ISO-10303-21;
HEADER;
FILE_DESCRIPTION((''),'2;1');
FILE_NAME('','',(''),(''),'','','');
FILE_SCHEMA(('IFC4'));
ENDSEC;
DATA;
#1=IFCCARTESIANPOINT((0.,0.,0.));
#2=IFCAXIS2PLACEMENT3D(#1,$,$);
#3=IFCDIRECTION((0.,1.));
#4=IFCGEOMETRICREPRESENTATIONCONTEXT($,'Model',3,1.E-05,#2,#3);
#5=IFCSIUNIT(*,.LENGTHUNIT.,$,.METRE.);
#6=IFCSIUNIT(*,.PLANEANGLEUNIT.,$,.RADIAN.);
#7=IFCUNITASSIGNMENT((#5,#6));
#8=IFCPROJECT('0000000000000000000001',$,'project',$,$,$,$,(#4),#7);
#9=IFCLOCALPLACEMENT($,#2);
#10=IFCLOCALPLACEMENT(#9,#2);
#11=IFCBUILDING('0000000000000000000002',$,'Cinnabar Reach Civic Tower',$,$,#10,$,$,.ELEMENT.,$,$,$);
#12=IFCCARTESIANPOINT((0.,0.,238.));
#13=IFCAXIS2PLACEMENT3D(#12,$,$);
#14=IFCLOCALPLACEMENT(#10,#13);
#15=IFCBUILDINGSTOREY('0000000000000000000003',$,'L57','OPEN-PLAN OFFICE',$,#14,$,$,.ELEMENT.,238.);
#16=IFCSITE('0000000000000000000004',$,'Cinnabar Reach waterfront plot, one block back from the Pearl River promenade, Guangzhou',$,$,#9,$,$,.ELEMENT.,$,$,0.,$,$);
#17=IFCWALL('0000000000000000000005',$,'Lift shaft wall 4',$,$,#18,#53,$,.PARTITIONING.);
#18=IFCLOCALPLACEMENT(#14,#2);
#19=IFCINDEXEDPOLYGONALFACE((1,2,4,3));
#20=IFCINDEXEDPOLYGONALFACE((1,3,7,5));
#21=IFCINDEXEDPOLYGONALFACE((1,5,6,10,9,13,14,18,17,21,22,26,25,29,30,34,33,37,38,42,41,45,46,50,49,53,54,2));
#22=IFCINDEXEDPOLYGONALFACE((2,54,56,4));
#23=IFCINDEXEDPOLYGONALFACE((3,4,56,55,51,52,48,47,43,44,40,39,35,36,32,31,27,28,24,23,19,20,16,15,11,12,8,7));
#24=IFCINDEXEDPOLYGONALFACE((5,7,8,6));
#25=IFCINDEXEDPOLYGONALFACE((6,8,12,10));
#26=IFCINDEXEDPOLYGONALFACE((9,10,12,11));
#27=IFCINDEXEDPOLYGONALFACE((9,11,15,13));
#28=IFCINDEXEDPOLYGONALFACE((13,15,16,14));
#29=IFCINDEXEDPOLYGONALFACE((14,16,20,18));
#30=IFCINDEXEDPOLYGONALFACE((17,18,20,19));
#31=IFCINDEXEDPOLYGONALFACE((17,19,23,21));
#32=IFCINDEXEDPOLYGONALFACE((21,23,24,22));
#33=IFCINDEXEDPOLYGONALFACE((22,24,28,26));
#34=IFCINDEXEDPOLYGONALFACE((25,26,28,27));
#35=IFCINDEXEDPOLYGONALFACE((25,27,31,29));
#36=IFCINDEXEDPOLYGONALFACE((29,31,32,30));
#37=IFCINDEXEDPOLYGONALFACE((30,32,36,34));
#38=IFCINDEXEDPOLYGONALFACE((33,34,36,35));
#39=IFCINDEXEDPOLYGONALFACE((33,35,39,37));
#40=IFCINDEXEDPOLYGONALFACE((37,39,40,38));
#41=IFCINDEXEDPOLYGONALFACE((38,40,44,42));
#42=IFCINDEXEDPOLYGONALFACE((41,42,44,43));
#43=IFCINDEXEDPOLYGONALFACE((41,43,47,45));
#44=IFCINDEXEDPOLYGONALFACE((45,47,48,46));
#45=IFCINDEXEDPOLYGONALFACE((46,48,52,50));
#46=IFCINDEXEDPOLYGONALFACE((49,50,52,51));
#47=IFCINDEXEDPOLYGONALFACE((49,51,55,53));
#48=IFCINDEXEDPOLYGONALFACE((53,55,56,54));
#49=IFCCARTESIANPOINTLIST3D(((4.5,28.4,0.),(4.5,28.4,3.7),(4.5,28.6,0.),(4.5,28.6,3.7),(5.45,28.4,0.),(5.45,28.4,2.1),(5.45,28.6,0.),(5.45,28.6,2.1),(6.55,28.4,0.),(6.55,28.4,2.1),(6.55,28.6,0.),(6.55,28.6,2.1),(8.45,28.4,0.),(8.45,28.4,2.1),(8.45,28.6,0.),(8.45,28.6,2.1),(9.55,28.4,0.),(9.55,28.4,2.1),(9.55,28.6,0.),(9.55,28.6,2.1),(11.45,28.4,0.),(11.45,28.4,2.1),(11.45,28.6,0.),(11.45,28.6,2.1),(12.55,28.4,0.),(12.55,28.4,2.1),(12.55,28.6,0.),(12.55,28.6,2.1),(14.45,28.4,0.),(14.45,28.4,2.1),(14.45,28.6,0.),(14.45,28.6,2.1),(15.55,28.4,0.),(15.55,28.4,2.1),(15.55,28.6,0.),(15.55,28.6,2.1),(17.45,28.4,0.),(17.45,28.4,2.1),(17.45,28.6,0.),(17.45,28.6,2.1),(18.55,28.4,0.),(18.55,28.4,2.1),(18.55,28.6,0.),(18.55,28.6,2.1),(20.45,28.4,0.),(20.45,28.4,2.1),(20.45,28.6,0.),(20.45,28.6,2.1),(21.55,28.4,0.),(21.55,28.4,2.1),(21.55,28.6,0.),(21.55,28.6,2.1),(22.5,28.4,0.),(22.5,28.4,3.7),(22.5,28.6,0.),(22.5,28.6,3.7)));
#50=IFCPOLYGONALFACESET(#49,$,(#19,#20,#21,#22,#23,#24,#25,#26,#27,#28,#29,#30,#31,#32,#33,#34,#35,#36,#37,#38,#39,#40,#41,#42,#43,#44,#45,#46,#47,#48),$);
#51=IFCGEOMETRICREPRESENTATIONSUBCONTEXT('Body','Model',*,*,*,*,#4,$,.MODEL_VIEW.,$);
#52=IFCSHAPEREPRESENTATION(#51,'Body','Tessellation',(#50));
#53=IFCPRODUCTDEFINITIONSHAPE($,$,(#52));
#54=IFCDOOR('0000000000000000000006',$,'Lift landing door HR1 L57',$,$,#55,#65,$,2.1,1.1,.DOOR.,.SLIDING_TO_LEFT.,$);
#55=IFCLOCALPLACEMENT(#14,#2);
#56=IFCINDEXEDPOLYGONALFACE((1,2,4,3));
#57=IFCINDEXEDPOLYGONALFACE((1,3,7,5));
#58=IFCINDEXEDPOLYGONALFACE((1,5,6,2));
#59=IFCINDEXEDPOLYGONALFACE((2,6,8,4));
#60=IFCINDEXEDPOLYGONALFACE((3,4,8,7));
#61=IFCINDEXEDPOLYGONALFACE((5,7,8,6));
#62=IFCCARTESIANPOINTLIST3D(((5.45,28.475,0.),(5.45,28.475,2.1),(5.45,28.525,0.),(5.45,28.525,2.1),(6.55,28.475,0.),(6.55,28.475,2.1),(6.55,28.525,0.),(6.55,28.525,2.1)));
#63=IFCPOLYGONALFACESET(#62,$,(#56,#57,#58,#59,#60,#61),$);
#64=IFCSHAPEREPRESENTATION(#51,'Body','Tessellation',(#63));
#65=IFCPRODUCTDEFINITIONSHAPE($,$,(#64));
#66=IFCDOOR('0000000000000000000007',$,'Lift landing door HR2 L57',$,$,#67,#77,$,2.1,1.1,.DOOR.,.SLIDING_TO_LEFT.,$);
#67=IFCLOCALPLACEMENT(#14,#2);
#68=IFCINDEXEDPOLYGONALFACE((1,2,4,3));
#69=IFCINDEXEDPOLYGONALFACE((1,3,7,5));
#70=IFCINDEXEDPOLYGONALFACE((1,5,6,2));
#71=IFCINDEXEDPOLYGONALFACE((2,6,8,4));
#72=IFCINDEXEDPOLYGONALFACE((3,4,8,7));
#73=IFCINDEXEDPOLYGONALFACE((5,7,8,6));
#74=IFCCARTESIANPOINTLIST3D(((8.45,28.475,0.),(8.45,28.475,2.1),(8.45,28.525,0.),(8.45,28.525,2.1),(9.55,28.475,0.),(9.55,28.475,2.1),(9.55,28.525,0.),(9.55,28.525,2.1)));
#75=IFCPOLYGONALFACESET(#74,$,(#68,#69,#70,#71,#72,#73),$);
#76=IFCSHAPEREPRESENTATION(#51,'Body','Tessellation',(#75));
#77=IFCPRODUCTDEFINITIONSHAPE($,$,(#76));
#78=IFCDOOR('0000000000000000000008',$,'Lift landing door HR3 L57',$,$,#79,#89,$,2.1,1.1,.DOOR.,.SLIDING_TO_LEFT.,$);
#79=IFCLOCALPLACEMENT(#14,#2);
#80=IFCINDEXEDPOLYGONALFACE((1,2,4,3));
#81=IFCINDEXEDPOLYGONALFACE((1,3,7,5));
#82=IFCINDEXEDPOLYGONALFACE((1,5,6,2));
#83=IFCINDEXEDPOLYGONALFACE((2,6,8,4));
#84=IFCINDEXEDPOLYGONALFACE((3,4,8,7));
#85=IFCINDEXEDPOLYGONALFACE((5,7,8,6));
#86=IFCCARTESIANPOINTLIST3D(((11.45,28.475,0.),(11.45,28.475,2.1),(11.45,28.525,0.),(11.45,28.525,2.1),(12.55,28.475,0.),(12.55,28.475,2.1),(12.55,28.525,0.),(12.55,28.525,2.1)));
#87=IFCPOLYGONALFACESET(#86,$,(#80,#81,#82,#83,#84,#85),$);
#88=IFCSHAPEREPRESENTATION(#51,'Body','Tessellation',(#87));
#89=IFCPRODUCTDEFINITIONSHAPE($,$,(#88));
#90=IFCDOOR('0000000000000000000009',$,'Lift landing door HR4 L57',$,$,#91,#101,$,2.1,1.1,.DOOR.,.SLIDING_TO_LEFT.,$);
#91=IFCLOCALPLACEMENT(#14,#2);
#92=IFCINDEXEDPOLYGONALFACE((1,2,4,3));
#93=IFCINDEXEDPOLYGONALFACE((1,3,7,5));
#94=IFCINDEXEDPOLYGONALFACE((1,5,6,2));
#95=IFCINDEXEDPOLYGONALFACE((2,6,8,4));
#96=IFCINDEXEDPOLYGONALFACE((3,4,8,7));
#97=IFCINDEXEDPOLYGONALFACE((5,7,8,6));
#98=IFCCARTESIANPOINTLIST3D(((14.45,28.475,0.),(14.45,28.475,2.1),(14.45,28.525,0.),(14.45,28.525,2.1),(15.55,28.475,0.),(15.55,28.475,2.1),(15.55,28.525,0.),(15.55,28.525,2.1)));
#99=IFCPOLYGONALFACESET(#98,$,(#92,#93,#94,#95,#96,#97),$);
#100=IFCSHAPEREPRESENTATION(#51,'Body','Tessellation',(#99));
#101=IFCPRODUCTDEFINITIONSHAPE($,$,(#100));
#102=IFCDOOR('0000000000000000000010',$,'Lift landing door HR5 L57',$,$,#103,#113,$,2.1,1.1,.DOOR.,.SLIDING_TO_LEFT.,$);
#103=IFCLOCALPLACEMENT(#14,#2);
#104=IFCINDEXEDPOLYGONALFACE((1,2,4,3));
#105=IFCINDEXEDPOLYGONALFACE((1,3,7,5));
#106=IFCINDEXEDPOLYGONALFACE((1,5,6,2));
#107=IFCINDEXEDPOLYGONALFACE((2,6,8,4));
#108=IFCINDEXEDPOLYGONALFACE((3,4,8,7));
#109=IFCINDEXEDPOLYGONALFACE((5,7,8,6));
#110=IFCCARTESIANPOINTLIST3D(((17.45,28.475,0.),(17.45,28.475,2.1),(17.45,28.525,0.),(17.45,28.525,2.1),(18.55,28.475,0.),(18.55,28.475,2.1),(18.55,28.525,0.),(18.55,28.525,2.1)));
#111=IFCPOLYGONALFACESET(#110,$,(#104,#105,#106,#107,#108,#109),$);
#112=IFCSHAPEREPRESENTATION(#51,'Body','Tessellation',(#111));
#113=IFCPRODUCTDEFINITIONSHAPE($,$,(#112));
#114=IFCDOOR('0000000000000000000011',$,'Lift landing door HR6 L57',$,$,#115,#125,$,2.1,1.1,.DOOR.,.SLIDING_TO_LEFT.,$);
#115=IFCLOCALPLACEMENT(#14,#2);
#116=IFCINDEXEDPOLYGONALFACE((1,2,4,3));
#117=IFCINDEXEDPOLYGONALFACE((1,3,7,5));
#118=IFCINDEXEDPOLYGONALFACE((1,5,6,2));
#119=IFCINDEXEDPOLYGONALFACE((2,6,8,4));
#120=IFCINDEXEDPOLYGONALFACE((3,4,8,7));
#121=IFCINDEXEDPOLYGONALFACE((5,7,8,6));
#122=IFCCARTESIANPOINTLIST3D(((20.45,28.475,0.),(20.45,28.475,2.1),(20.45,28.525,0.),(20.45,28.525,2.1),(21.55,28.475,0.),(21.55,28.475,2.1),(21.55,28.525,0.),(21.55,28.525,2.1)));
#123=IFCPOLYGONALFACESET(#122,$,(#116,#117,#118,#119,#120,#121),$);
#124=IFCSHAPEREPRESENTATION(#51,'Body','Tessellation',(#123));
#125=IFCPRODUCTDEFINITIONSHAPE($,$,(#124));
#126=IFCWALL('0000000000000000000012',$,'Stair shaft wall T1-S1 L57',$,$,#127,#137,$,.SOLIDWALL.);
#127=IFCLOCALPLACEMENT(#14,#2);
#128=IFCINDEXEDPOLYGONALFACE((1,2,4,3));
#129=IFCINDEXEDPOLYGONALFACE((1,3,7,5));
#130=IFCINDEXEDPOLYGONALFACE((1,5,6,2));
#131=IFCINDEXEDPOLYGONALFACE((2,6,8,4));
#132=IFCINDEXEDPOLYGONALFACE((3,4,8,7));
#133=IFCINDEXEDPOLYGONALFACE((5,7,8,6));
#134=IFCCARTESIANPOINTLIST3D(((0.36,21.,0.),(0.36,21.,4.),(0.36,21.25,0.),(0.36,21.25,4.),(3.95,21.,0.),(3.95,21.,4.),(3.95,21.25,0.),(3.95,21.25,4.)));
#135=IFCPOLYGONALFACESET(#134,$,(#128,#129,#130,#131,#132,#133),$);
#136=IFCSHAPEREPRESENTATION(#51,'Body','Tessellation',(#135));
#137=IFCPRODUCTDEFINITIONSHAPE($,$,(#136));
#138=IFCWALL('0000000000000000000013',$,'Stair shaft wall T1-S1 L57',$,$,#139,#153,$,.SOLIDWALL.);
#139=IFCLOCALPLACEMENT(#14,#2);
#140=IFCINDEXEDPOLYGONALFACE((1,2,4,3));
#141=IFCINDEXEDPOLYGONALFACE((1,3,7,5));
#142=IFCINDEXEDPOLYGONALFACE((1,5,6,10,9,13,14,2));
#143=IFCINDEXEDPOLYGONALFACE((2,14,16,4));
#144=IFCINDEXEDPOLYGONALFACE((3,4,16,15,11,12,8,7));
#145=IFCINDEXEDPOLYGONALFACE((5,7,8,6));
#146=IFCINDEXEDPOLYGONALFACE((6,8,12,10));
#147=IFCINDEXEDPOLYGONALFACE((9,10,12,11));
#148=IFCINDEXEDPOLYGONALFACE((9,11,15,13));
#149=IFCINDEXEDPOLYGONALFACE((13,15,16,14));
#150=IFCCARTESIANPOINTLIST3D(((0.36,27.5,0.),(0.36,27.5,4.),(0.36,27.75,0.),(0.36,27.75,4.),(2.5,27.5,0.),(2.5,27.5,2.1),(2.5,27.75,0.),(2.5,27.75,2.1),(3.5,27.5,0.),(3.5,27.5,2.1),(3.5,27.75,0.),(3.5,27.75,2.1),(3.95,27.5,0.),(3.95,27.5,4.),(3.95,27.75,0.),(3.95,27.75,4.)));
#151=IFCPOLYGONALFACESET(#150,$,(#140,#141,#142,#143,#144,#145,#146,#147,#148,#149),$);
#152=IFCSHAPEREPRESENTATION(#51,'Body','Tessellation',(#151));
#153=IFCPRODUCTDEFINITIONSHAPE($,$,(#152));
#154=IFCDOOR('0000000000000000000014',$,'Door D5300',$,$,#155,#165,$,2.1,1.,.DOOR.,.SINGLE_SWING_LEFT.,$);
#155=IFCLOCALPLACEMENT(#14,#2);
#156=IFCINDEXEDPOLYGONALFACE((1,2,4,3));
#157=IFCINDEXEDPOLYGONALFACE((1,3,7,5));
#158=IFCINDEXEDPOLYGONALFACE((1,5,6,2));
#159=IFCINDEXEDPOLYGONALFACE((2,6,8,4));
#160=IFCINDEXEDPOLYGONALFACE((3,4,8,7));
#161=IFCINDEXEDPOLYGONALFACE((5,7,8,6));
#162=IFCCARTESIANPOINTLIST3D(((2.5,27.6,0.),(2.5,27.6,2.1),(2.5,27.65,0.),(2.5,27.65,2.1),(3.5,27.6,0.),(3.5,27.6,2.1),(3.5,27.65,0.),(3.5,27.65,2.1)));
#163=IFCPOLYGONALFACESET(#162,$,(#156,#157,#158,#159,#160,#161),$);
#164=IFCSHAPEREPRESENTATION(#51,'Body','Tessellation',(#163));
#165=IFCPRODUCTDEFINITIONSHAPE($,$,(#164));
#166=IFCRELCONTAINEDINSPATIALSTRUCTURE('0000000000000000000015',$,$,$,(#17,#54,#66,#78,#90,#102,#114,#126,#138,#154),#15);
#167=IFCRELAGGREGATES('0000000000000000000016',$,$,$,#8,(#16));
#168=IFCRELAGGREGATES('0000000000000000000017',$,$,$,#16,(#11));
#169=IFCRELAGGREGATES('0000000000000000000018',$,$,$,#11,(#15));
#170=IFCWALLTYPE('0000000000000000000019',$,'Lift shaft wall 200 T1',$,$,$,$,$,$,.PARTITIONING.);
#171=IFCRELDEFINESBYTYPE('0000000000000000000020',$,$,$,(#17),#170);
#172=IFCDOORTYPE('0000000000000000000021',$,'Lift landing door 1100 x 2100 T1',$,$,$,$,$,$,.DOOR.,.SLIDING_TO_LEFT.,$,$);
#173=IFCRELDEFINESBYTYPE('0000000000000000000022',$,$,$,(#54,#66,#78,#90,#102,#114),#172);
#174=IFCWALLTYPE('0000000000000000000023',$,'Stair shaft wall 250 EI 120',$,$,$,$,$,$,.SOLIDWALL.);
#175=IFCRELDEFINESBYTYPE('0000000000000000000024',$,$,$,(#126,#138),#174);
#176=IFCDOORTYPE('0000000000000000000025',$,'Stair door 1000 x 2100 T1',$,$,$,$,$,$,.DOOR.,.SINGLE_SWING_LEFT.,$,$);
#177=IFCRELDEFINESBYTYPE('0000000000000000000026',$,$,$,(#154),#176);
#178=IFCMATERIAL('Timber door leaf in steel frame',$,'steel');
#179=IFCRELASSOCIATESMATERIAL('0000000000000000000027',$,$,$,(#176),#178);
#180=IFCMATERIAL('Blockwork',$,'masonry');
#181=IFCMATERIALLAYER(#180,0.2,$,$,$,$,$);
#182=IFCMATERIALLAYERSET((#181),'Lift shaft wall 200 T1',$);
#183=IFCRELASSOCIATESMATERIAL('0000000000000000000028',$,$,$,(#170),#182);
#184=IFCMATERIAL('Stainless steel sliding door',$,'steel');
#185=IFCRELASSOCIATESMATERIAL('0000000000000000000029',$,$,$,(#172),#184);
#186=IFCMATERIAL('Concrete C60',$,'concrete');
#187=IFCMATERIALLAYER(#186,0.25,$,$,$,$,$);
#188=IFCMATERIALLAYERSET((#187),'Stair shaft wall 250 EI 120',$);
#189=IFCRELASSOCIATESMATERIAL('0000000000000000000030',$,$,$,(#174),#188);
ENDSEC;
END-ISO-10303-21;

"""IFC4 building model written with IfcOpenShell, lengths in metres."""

from ifc_helpers import new_model, si_unit, direction, frame, frame_2d, origin, place, context, subcontext, project, spatial, rectangle, extrude, material, layer, layer_set, type_object, element, fill, save


model = new_model("IFC4")

# Units and contexts
model_context = context("Model", 3, precision=1e-05, world=origin(), true_north=direction((0.0, 1.0)))
body_context = subcontext(model_context, "Body", "Model", "MODEL_VIEW")
ifc_project = project(units=[si_unit("LENGTHUNIT", "METRE"), si_unit("PLANEANGLEUNIT", "RADIAN")], contexts=[model_context])

# Site, building, storey
site_placement = place(None, origin())
site = spatial("IfcSite", under=ifc_project, at=site_placement, Name="Cinnabar Reach waterfront plot, one block back from the Pearl River promenade, Guangzhou", CompositionType="ELEMENT", RefElevation=0.0)
building_placement = place(site_placement, origin())
building = spatial("IfcBuilding", under=site, at=building_placement, Name="Cinnabar Reach Civic Tower", CompositionType="ELEMENT")
storey_placement = place(building_placement, frame((0.0, 0.0, 238.0)))
storey = spatial("IfcBuildingStorey", under=building, at=storey_placement, Name="L57", Description="OPEN-PLAN OFFICE", CompositionType="ELEMENT", Elevation=238.0)

# Shared definitions
ifc_material_1 = material(Name="Concrete C60", Category="concrete")

# Shared definitions
ifc_material_2 = material(Name="Timber door leaf in steel frame", Category="steel")
door_type_1 = type_object("IfcDoorType", Name="Stair door 1000 x 2100 T1", OperationType="SINGLE_SWING_LEFT", PredefinedType="DOOR", material=ifc_material_2)

# Wall, openings, doors
ifc_material_3 = material(Name="Blockwork", Category="masonry")
ifc_layer_1 = layer(ifc_material_3, 0.2)
ifc_layer_set_1 = layer_set([ifc_layer_1], Name="Lift shaft wall 200 T1")
wall_type_1 = type_object("IfcWallType", Name="Lift shaft wall 200 T1", PredefinedType="PARTITIONING", material=ifc_layer_set_1)
wall_1_placement = place(storey_placement, frame((4.5, 28.5, 0.0), z_axis=(0.0, 0.0, 1.0), x_axis=(1.0, 0.0, 0.0)))
wall_1 = element("IfcWall", 1, at=wall_1_placement, inside=storey, type_object=wall_type_1, Name="Lift shaft wall 4", PredefinedType="PARTITIONING", context=body_context, shape_type="SweptSolid", body=[
    extrude(rectangle(XDim=18.0, YDim=0.2, at=frame_2d((9.0, 0.0))), origin(), (0.0, 0.0, 1.0), 3.7),
])
opening_1_placement = place(wall_1_placement, frame((0.95, 0.0, 0.0)))
opening_1 = element("IfcOpeningElement", 2, at=opening_1_placement, cuts=wall_1, PredefinedType="OPENING", context=body_context, shape_type="SweptSolid", body=[
    extrude(rectangle(XDim=1.1, YDim=2.1, at=frame_2d((0.55, 1.05))), frame((0.0, 0.11, 0.0), z_axis=(0.0, -1.0, 0.0), x_axis=(1.0, 0.0, 0.0)), (0.0, 0.0, 1.0), 0.22),
])
opening_2_placement = place(wall_1_placement, frame((3.95, 0.0, 0.0)))
opening_2 = element("IfcOpeningElement", 3, at=opening_2_placement, cuts=wall_1, PredefinedType="OPENING", context=body_context, shape_type="SweptSolid", body=[
    extrude(rectangle(XDim=1.1, YDim=2.1, at=frame_2d((0.55, 1.05))), frame((0.0, 0.11, 0.0), z_axis=(0.0, -1.0, 0.0), x_axis=(1.0, 0.0, 0.0)), (0.0, 0.0, 1.0), 0.22),
])
opening_3_placement = place(wall_1_placement, frame((6.95, 0.0, 0.0)))
opening_3 = element("IfcOpeningElement", 4, at=opening_3_placement, cuts=wall_1, PredefinedType="OPENING", context=body_context, shape_type="SweptSolid", body=[
    extrude(rectangle(XDim=1.1, YDim=2.1, at=frame_2d((0.55, 1.05))), frame((0.0, 0.11, 0.0), z_axis=(0.0, -1.0, 0.0), x_axis=(1.0, 0.0, 0.0)), (0.0, 0.0, 1.0), 0.22),
])
opening_4_placement = place(wall_1_placement, frame((9.95, 0.0, 0.0)))
opening_4 = element("IfcOpeningElement", 5, at=opening_4_placement, cuts=wall_1, PredefinedType="OPENING", context=body_context, shape_type="SweptSolid", body=[
    extrude(rectangle(XDim=1.1, YDim=2.1, at=frame_2d((0.55, 1.05))), frame((0.0, 0.11, 0.0), z_axis=(0.0, -1.0, 0.0), x_axis=(1.0, 0.0, 0.0)), (0.0, 0.0, 1.0), 0.22),
])
opening_5_placement = place(wall_1_placement, frame((12.95, 0.0, 0.0)))
opening_5 = element("IfcOpeningElement", 6, at=opening_5_placement, cuts=wall_1, PredefinedType="OPENING", context=body_context, shape_type="SweptSolid", body=[
    extrude(rectangle(XDim=1.1, YDim=2.1, at=frame_2d((0.55, 1.05))), frame((0.0, 0.11, 0.0), z_axis=(0.0, -1.0, 0.0), x_axis=(1.0, 0.0, 0.0)), (0.0, 0.0, 1.0), 0.22),
])
opening_6_placement = place(wall_1_placement, frame((15.95, 0.0, 0.0)))
opening_6 = element("IfcOpeningElement", 7, at=opening_6_placement, cuts=wall_1, PredefinedType="OPENING", context=body_context, shape_type="SweptSolid", body=[
    extrude(rectangle(XDim=1.1, YDim=2.1, at=frame_2d((0.55, 1.05))), frame((0.0, 0.11, 0.0), z_axis=(0.0, -1.0, 0.0), x_axis=(1.0, 0.0, 0.0)), (0.0, 0.0, 1.0), 0.22),
])
ifc_material_4 = material(Name="Stainless steel sliding door", Category="steel")
door_type_2 = type_object("IfcDoorType", Name="Lift landing door 1100 x 2100 T1", OperationType="SLIDING_TO_LEFT", PredefinedType="DOOR", material=ifc_material_4)
door_1_placement = place(opening_1_placement, origin())
door_1 = element("IfcDoor", 8, at=door_1_placement, inside=storey, type_object=door_type_2, Name="Lift landing door HR1 L57", OperationType="SLIDING_TO_LEFT", OverallHeight=2.1, OverallWidth=1.1, PredefinedType="DOOR", context=body_context, shape_type="SweptSolid", body=[
    extrude(rectangle(XDim=1.1, YDim=2.1, at=frame_2d((0.55, 1.05))), frame((0.0, 0.025, 0.0), z_axis=(0.0, -1.0, 0.0), x_axis=(1.0, 0.0, 0.0)), (0.0, 0.0, 1.0), 0.05),
])
fill(opening_1, door_1)
door_2_placement = place(opening_2_placement, origin())
door_2 = element("IfcDoor", 9, at=door_2_placement, inside=storey, type_object=door_type_2, Name="Lift landing door HR2 L57", OperationType="SLIDING_TO_LEFT", OverallHeight=2.1, OverallWidth=1.1, PredefinedType="DOOR", context=body_context, shape_type="SweptSolid", body=[
    extrude(rectangle(XDim=1.1, YDim=2.1, at=frame_2d((0.55, 1.05))), frame((0.0, 0.025, 0.0), z_axis=(0.0, -1.0, 0.0), x_axis=(1.0, 0.0, 0.0)), (0.0, 0.0, 1.0), 0.05),
])
fill(opening_2, door_2)
door_3_placement = place(opening_3_placement, origin())
door_3 = element("IfcDoor", 10, at=door_3_placement, inside=storey, type_object=door_type_2, Name="Lift landing door HR3 L57", OperationType="SLIDING_TO_LEFT", OverallHeight=2.1, OverallWidth=1.1, PredefinedType="DOOR", context=body_context, shape_type="SweptSolid", body=[
    extrude(rectangle(XDim=1.1, YDim=2.1, at=frame_2d((0.55, 1.05))), frame((0.0, 0.025, 0.0), z_axis=(0.0, -1.0, 0.0), x_axis=(1.0, 0.0, 0.0)), (0.0, 0.0, 1.0), 0.05),
])
fill(opening_3, door_3)
door_4_placement = place(opening_4_placement, origin())
door_4 = element("IfcDoor", 11, at=door_4_placement, inside=storey, type_object=door_type_2, Name="Lift landing door HR4 L57", OperationType="SLIDING_TO_LEFT", OverallHeight=2.1, OverallWidth=1.1, PredefinedType="DOOR", context=body_context, shape_type="SweptSolid", body=[
    extrude(rectangle(XDim=1.1, YDim=2.1, at=frame_2d((0.55, 1.05))), frame((0.0, 0.025, 0.0), z_axis=(0.0, -1.0, 0.0), x_axis=(1.0, 0.0, 0.0)), (0.0, 0.0, 1.0), 0.05),
])
fill(opening_4, door_4)
door_5_placement = place(opening_5_placement, origin())
door_5 = element("IfcDoor", 12, at=door_5_placement, inside=storey, type_object=door_type_2, Name="Lift landing door HR5 L57", OperationType="SLIDING_TO_LEFT", OverallHeight=2.1, OverallWidth=1.1, PredefinedType="DOOR", context=body_context, shape_type="SweptSolid", body=[
    extrude(rectangle(XDim=1.1, YDim=2.1, at=frame_2d((0.55, 1.05))), frame((0.0, 0.025, 0.0), z_axis=(0.0, -1.0, 0.0), x_axis=(1.0, 0.0, 0.0)), (0.0, 0.0, 1.0), 0.05),
])
fill(opening_5, door_5)
door_6_placement = place(opening_6_placement, origin())
door_6 = element("IfcDoor", 13, at=door_6_placement, inside=storey, type_object=door_type_2, Name="Lift landing door HR6 L57", OperationType="SLIDING_TO_LEFT", OverallHeight=2.1, OverallWidth=1.1, PredefinedType="DOOR", context=body_context, shape_type="SweptSolid", body=[
    extrude(rectangle(XDim=1.1, YDim=2.1, at=frame_2d((0.55, 1.05))), frame((0.0, 0.025, 0.0), z_axis=(0.0, -1.0, 0.0), x_axis=(1.0, 0.0, 0.0)), (0.0, 0.0, 1.0), 0.05),
])
fill(opening_6, door_6)

# Wall
ifc_layer_2 = layer(ifc_material_1, 0.25)
ifc_layer_set_2 = layer_set([ifc_layer_2], Name="Stair shaft wall 250 EI 120")
wall_type_2 = type_object("IfcWallType", Name="Stair shaft wall 250 EI 120", PredefinedType="SOLIDWALL", material=ifc_layer_set_2)
wall_2_placement = place(storey_placement, frame((0.36, 21.125, 0.0), z_axis=(0.0, 0.0, 1.0), x_axis=(1.0, 0.0, 0.0)))
element("IfcWall", 14, at=wall_2_placement, inside=storey, type_object=wall_type_2, Name="Stair shaft wall T1-S1 L57", PredefinedType="SOLIDWALL", context=body_context, shape_type="SweptSolid", body=[
    extrude(rectangle(XDim=3.59, YDim=0.25, at=frame_2d((1.795, 0.0))), origin(), (0.0, 0.0, 1.0), 4.0),
])

# Wall, opening, door
wall_3_placement = place(storey_placement, frame((3.95, 27.625, 0.0), z_axis=(0.0, 0.0, 1.0), x_axis=(-1.0, 0.0, 0.0)))
wall_3 = element("IfcWall", 15, at=wall_3_placement, inside=storey, type_object=wall_type_2, Name="Stair shaft wall T1-S1 L57", PredefinedType="SOLIDWALL", context=body_context, shape_type="SweptSolid", body=[
    extrude(rectangle(XDim=3.59, YDim=0.25, at=frame_2d((1.795, 0.0))), origin(), (0.0, 0.0, 1.0), 4.0),
])
opening_7_placement = place(wall_3_placement, frame((0.45, 0.0, 0.0)))
opening_7 = element("IfcOpeningElement", 16, at=opening_7_placement, cuts=wall_3, PredefinedType="OPENING", context=body_context, shape_type="SweptSolid", body=[
    extrude(rectangle(XDim=1.0, YDim=2.1, at=frame_2d((0.5, 1.05))), frame((0.0, 0.135, 0.0), z_axis=(0.0, -1.0, 0.0), x_axis=(1.0, 0.0, 0.0)), (0.0, 0.0, 1.0), 0.27),
])
door_7_placement = place(opening_7_placement, origin())
door_7 = element("IfcDoor", 17, at=door_7_placement, inside=storey, type_object=door_type_1, Name="Door D5300", OperationType="SINGLE_SWING_LEFT", OverallHeight=2.1, OverallWidth=1.0, PredefinedType="DOOR", context=body_context, shape_type="SweptSolid", body=[
    extrude(rectangle(XDim=1.0, YDim=2.1, at=frame_2d((0.5, 1.05))), frame((0.0, 0.025, 0.0), z_axis=(0.0, -1.0, 0.0), x_axis=(1.0, 0.0, 0.0)), (0.0, 0.0, 1.0), 0.05),
])
fill(opening_7, door_7)

save(model, "model.ifc")
